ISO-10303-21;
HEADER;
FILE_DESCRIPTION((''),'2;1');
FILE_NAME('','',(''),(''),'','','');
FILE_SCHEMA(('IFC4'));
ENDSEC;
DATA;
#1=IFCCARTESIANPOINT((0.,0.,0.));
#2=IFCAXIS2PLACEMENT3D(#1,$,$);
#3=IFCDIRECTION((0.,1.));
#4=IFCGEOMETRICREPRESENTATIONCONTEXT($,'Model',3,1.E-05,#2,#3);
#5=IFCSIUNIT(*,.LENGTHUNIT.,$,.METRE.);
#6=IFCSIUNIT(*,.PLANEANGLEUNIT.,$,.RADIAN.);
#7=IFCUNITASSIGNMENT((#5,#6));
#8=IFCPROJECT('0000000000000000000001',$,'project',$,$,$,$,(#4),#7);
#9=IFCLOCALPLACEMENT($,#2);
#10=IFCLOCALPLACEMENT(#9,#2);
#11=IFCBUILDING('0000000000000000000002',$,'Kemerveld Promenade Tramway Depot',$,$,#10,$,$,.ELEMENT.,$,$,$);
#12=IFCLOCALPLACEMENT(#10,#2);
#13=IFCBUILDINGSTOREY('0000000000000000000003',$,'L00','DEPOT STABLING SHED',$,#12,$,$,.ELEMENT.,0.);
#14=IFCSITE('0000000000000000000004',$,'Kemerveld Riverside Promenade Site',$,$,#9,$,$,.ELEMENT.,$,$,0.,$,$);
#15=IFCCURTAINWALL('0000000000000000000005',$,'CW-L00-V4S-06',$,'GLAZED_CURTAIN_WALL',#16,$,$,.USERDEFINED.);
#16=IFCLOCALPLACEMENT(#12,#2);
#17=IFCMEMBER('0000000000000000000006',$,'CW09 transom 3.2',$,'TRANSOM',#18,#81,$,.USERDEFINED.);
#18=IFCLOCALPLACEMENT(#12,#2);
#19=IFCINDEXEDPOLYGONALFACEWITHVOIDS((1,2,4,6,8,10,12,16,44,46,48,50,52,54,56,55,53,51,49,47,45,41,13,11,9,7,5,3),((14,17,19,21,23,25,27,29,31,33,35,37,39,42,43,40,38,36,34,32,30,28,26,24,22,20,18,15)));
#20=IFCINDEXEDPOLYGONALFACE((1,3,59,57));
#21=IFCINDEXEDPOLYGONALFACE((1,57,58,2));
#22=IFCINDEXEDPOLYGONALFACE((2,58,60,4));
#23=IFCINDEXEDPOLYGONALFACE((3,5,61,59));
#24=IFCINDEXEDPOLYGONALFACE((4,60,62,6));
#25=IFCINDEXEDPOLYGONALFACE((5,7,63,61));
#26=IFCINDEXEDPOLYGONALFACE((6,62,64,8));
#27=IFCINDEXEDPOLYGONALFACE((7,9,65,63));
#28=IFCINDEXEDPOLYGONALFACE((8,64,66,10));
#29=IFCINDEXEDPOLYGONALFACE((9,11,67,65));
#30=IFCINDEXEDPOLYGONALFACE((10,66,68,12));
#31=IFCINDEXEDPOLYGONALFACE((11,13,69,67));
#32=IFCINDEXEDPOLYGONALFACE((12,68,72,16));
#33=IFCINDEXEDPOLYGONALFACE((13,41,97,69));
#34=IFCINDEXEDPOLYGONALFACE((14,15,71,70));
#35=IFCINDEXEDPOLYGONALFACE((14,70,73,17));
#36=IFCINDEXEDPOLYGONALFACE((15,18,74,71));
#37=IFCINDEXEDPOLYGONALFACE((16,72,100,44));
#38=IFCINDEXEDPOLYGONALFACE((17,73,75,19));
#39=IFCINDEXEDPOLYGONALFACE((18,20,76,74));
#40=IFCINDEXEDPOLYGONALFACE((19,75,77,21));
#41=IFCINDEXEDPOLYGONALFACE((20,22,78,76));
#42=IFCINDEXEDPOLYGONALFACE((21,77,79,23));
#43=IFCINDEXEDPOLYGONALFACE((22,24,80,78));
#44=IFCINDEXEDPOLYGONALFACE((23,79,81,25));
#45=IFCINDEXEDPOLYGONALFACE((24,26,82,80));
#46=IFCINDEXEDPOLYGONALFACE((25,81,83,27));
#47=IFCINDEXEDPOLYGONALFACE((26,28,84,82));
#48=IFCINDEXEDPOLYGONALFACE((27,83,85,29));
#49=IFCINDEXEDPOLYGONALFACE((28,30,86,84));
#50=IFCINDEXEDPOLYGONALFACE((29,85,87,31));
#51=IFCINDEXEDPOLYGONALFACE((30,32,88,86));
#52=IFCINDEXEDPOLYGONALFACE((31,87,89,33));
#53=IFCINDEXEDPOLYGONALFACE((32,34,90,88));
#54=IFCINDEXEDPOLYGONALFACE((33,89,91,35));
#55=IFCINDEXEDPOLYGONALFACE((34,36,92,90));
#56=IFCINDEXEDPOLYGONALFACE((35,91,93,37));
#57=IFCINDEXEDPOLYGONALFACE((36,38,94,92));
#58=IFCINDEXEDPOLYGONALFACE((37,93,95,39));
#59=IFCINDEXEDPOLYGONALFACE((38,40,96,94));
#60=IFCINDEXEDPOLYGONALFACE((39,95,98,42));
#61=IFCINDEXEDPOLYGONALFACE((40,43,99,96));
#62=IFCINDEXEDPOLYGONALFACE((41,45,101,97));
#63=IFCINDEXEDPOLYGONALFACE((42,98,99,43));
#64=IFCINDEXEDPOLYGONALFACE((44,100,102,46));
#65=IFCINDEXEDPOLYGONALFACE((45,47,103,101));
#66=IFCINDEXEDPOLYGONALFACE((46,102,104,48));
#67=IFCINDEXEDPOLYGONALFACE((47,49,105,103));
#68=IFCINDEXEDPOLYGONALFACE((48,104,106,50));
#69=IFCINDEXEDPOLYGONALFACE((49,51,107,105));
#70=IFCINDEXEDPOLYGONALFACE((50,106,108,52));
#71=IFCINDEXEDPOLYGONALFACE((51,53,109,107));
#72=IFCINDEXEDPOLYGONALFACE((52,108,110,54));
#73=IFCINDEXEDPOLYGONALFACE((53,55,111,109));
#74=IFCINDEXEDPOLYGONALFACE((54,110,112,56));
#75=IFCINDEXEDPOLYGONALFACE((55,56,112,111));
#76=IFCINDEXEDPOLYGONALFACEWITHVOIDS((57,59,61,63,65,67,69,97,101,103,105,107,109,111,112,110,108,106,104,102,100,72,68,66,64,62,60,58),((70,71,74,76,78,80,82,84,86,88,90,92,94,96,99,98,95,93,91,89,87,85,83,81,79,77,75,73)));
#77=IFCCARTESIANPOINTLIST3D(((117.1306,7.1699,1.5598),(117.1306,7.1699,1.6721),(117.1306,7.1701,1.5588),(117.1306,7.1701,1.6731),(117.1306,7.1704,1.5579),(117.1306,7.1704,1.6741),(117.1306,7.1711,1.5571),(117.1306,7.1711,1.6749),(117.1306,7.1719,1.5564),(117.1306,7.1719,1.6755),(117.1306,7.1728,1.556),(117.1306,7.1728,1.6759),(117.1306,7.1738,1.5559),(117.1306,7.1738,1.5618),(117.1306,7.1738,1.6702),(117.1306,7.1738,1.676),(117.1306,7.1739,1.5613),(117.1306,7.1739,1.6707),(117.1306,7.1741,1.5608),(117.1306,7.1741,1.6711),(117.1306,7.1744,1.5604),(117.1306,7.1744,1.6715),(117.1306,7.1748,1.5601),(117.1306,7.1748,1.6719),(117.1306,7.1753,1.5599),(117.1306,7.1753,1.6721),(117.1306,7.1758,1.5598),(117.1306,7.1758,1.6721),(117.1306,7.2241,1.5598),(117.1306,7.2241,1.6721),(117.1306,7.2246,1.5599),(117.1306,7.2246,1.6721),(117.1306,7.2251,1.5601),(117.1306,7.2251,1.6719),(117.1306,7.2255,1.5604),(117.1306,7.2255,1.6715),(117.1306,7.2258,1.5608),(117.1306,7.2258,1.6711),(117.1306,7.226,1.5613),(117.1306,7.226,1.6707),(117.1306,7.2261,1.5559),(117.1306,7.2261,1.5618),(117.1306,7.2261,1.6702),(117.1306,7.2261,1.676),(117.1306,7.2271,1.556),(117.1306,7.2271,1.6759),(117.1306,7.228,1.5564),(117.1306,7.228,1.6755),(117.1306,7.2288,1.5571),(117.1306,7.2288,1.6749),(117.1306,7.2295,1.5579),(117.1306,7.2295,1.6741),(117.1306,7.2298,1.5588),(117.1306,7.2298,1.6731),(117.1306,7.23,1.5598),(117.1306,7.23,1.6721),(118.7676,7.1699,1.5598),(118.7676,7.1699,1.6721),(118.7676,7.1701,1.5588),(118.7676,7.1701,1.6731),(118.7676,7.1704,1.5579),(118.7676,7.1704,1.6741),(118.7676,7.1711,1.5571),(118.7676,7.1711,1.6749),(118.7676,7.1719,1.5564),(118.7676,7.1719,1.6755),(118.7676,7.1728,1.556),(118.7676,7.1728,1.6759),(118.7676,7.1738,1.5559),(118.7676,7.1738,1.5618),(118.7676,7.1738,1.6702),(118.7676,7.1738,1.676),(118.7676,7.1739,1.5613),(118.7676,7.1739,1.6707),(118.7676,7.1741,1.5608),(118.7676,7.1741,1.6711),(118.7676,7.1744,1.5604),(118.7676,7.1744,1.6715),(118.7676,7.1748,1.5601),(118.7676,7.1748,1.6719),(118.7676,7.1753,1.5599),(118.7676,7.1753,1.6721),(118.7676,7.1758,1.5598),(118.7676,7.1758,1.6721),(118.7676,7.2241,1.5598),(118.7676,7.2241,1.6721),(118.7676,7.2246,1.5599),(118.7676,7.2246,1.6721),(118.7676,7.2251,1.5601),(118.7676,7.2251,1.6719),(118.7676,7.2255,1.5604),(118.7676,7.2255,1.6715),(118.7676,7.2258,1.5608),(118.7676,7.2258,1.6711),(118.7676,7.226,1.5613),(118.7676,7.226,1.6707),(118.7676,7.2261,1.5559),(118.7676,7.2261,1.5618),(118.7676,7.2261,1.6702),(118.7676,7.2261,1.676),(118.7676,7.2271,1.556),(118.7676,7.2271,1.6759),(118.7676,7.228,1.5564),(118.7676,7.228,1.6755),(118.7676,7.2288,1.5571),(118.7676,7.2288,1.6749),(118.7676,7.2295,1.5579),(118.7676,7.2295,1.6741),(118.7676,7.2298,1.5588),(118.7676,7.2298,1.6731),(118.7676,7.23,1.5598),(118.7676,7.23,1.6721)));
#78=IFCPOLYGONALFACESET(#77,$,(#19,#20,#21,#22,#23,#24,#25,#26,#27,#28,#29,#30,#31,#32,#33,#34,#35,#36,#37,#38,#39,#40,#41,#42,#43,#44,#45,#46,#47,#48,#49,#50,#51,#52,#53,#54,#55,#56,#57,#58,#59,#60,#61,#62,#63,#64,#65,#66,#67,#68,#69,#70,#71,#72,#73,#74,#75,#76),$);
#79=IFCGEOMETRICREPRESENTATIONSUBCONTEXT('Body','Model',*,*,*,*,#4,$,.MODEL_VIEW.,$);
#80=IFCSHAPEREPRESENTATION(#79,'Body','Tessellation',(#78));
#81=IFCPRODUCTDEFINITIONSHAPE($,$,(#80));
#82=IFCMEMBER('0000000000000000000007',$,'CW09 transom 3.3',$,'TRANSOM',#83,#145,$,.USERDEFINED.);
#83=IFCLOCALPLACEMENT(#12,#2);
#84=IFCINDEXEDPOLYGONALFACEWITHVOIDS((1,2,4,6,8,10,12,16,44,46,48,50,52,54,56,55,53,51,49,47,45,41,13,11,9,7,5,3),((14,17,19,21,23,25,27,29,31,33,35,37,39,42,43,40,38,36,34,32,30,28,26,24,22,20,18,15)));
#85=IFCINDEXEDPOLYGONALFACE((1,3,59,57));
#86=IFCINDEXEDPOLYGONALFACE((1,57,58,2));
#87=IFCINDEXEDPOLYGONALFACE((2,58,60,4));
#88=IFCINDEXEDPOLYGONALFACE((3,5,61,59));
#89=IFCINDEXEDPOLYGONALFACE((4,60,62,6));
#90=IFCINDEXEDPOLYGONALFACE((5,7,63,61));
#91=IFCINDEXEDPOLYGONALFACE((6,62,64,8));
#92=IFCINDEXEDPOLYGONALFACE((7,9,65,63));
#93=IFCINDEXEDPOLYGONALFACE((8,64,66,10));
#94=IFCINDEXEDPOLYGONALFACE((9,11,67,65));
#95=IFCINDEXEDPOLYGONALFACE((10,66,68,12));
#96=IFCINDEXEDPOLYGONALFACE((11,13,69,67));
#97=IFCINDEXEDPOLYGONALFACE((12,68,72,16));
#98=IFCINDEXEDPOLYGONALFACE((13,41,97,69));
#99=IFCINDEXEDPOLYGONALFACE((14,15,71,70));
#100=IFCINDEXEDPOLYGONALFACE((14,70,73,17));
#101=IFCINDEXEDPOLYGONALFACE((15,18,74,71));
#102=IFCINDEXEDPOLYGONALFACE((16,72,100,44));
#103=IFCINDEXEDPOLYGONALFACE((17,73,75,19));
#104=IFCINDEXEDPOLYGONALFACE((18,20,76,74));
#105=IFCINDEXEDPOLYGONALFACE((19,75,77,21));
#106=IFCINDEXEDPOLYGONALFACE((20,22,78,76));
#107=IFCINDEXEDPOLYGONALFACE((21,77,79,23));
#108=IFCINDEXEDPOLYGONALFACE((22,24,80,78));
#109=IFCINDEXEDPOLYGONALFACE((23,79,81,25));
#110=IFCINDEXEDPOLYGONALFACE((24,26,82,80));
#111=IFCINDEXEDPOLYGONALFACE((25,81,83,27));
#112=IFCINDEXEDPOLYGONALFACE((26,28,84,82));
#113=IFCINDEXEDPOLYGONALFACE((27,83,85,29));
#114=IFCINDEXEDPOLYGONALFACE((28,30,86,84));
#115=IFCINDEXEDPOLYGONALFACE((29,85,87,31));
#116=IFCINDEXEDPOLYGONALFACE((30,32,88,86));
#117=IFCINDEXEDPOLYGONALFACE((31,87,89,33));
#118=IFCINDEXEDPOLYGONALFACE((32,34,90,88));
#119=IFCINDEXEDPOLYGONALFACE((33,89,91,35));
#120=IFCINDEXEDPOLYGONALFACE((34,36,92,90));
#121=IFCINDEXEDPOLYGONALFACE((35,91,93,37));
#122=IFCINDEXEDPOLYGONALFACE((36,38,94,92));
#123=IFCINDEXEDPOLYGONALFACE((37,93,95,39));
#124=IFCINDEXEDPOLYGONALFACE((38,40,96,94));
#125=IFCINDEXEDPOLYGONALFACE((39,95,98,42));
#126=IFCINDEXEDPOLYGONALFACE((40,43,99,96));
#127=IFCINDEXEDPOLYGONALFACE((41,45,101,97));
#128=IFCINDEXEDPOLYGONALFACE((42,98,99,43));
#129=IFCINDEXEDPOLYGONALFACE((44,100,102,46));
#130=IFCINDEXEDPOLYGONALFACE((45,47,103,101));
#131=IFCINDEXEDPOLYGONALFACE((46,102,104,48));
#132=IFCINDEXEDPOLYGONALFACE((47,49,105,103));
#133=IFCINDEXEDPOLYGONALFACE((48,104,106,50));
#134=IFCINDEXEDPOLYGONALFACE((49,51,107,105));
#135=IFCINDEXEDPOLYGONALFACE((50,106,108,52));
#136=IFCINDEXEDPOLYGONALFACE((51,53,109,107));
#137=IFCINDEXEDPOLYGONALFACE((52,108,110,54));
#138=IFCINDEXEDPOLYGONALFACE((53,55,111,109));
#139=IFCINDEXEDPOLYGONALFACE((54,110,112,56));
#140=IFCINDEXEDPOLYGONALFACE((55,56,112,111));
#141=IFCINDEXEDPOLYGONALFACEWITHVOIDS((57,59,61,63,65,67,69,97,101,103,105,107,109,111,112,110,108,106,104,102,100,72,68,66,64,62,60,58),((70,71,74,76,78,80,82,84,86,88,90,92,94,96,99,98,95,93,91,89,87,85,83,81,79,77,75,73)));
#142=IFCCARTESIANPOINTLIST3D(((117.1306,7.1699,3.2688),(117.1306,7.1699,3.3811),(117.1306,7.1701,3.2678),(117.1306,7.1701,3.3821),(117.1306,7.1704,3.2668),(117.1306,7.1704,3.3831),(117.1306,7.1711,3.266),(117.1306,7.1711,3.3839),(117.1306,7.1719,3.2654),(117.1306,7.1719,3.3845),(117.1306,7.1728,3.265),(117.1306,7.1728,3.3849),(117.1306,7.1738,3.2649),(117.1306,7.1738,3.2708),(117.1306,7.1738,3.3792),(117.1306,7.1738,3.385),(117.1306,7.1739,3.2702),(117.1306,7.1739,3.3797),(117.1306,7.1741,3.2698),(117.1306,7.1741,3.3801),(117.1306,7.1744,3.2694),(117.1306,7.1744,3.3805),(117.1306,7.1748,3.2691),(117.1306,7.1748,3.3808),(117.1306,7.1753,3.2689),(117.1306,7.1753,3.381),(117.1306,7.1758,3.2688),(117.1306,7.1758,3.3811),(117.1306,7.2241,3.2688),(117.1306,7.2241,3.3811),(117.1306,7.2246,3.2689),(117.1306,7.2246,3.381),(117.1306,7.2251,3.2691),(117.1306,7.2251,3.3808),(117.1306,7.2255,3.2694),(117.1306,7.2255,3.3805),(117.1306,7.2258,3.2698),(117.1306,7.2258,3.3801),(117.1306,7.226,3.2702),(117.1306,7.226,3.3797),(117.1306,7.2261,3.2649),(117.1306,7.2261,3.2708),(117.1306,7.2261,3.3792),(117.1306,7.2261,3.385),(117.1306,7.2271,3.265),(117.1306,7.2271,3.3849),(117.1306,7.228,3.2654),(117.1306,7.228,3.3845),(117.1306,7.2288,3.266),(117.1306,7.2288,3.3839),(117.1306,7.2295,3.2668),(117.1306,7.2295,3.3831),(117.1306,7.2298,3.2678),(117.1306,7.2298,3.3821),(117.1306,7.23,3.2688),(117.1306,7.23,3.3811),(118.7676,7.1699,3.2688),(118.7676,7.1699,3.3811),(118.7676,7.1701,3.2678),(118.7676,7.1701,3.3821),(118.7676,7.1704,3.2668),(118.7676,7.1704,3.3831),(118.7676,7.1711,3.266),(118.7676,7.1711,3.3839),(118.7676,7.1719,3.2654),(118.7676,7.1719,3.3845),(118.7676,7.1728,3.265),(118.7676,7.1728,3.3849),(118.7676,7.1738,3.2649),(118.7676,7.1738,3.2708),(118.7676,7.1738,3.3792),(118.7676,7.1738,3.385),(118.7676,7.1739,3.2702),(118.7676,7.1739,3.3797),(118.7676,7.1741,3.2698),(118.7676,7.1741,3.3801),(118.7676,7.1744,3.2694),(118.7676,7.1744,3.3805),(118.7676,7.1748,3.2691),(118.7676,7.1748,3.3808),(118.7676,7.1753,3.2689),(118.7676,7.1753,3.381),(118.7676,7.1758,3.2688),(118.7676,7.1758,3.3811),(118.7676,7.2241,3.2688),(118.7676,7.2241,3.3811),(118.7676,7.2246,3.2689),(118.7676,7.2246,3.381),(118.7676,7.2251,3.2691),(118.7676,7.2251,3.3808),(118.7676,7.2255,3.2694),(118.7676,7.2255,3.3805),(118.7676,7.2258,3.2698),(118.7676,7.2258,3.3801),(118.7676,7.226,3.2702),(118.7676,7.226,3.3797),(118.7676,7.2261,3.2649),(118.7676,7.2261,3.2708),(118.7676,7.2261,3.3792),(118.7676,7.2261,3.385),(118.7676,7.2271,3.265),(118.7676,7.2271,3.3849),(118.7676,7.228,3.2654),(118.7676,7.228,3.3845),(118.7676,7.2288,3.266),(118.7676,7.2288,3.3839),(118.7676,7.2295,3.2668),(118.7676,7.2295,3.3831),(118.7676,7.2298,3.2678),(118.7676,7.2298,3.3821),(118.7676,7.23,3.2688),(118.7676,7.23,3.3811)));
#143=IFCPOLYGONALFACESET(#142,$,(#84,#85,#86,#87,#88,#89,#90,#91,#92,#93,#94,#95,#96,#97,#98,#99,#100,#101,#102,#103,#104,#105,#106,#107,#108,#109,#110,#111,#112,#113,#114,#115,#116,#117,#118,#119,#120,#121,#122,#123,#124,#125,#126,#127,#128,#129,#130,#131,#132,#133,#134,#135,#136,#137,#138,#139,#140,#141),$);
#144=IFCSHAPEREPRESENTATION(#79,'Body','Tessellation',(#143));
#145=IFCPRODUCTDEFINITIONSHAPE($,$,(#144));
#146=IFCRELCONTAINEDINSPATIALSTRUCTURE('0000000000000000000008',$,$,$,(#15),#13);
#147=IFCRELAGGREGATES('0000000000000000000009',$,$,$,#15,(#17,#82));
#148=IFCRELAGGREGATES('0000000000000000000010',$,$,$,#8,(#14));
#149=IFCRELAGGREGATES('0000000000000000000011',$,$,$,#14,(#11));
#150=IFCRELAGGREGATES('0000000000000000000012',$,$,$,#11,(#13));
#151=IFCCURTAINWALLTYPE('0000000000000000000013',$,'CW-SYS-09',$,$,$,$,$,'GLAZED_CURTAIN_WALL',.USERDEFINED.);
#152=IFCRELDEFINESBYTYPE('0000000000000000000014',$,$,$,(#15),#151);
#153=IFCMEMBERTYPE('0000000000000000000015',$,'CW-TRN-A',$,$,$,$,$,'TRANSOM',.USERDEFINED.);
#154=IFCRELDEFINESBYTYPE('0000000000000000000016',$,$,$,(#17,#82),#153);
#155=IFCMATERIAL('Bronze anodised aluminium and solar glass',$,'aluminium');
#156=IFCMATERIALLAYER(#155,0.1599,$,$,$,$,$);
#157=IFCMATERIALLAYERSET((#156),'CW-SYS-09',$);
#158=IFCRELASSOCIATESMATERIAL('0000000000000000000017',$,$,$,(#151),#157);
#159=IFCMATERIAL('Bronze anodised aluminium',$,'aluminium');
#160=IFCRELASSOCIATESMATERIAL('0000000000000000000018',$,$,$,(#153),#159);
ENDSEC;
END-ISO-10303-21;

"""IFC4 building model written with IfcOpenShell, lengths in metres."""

from ifc_helpers import new_model, si_unit, direction, frame, origin, origin_2d, place, context, subcontext, project, spatial, hollow_rectangle, extrude, material, layer, layer_set, material_profile, profile_set, type_object, element, aggregate, save


model = new_model("IFC4")

# Units and contexts
model_context = context("Model", 3, precision=1e-05, world=origin(), true_north=direction((0.0, 1.0)))
body_context = subcontext(model_context, "Body", "Model", "MODEL_VIEW")
ifc_project = project(units=[si_unit("LENGTHUNIT", "METRE"), si_unit("PLANEANGLEUNIT", "RADIAN")], contexts=[model_context])

# Site, building, storey
site_placement = place(None, origin())
site = spatial("IfcSite", under=ifc_project, at=site_placement, Name="Kemerveld Riverside Promenade Site", CompositionType="ELEMENT", RefElevation=0.0)
building_placement = place(site_placement, origin())
building = spatial("IfcBuilding", under=site, at=building_placement, Name="Kemerveld Promenade Tramway Depot", CompositionType="ELEMENT")
storey_placement = place(building_placement, origin())
storey = spatial("IfcBuildingStorey", under=building, at=storey_placement, Name="L00", Description="DEPOT STABLING SHED", CompositionType="ELEMENT", Elevation=0.0)

# Curtain wall, members
ifc_material_1 = material(Name="Bronze anodised aluminium and solar glass", Category="aluminium")
ifc_layer_1 = layer(ifc_material_1, 0.1599)
ifc_layer_set_1 = layer_set([ifc_layer_1], Name="CW-SYS-09")
curtain_wall_type = type_object("IfcCurtainWallType", Name="CW-SYS-09", ElementType="GLAZED_CURTAIN_WALL", PredefinedType="USERDEFINED", material=ifc_layer_set_1)
curtain_wall_placement = place(storey_placement, origin())
curtain_wall = element("IfcCurtainWall", 1, at=curtain_wall_placement, inside=storey, type_object=curtain_wall_type, Name="CW-L00-V4S-06", ObjectType="GLAZED_CURTAIN_WALL", PredefinedType="USERDEFINED")
ifc_material_2 = material(Name="Bronze anodised aluminium", Category="aluminium")
ifc_material_profile_1 = material_profile(ifc_material_2, hollow_rectangle(XDim=0.0601, YDim=0.1201, WallThickness=0.0039, InnerFilletRadius=0.002, OuterFilletRadius=0.0039, at=origin_2d()), Name="CW-TRN-120x60")
ifc_profile_set_1 = profile_set([ifc_material_profile_1], Name="Bronze anodised aluminium")
member_type_1 = type_object("IfcMemberType", Name="CW-TRN-A", ElementType="TRANSOM", PredefinedType="USERDEFINED", material=ifc_profile_set_1)
member_1_placement = place(storey_placement, frame((118.7676, 7.2, 1.616), z_axis=(-1.0, 0.0, 0.0), x_axis=(0.0, -1.0, 0.0)))
member_1 = element("IfcMember", 2, at=member_1_placement, type_object=member_type_1, Name="CW09 transom 3.2", ObjectType="TRANSOM", PredefinedType="USERDEFINED", context=body_context, shape_type="SweptSolid", body=[
    extrude(hollow_rectangle(XDim=0.0601, YDim=0.1201, WallThickness=0.0039, InnerFilletRadius=0.002, OuterFilletRadius=0.0039, at=origin_2d()), origin(), (0.0, 0.0, 1.0), 1.637),
])
member_2_placement = place(storey_placement, frame((118.7676, 7.2, 3.325), z_axis=(-1.0, 0.0, 0.0), x_axis=(0.0, -1.0, 0.0)))
member_2 = element("IfcMember", 3, at=member_2_placement, type_object=member_type_1, Name="CW09 transom 3.3", ObjectType="TRANSOM", PredefinedType="USERDEFINED", context=body_context, shape_type="SweptSolid", body=[
    extrude(hollow_rectangle(XDim=0.0601, YDim=0.1201, WallThickness=0.0039, InnerFilletRadius=0.002, OuterFilletRadius=0.0039, at=origin_2d()), origin(), (0.0, 0.0, 1.0), 1.637),
])
aggregate(curtain_wall, [member_1, member_2])

save(model, "model.ifc")
